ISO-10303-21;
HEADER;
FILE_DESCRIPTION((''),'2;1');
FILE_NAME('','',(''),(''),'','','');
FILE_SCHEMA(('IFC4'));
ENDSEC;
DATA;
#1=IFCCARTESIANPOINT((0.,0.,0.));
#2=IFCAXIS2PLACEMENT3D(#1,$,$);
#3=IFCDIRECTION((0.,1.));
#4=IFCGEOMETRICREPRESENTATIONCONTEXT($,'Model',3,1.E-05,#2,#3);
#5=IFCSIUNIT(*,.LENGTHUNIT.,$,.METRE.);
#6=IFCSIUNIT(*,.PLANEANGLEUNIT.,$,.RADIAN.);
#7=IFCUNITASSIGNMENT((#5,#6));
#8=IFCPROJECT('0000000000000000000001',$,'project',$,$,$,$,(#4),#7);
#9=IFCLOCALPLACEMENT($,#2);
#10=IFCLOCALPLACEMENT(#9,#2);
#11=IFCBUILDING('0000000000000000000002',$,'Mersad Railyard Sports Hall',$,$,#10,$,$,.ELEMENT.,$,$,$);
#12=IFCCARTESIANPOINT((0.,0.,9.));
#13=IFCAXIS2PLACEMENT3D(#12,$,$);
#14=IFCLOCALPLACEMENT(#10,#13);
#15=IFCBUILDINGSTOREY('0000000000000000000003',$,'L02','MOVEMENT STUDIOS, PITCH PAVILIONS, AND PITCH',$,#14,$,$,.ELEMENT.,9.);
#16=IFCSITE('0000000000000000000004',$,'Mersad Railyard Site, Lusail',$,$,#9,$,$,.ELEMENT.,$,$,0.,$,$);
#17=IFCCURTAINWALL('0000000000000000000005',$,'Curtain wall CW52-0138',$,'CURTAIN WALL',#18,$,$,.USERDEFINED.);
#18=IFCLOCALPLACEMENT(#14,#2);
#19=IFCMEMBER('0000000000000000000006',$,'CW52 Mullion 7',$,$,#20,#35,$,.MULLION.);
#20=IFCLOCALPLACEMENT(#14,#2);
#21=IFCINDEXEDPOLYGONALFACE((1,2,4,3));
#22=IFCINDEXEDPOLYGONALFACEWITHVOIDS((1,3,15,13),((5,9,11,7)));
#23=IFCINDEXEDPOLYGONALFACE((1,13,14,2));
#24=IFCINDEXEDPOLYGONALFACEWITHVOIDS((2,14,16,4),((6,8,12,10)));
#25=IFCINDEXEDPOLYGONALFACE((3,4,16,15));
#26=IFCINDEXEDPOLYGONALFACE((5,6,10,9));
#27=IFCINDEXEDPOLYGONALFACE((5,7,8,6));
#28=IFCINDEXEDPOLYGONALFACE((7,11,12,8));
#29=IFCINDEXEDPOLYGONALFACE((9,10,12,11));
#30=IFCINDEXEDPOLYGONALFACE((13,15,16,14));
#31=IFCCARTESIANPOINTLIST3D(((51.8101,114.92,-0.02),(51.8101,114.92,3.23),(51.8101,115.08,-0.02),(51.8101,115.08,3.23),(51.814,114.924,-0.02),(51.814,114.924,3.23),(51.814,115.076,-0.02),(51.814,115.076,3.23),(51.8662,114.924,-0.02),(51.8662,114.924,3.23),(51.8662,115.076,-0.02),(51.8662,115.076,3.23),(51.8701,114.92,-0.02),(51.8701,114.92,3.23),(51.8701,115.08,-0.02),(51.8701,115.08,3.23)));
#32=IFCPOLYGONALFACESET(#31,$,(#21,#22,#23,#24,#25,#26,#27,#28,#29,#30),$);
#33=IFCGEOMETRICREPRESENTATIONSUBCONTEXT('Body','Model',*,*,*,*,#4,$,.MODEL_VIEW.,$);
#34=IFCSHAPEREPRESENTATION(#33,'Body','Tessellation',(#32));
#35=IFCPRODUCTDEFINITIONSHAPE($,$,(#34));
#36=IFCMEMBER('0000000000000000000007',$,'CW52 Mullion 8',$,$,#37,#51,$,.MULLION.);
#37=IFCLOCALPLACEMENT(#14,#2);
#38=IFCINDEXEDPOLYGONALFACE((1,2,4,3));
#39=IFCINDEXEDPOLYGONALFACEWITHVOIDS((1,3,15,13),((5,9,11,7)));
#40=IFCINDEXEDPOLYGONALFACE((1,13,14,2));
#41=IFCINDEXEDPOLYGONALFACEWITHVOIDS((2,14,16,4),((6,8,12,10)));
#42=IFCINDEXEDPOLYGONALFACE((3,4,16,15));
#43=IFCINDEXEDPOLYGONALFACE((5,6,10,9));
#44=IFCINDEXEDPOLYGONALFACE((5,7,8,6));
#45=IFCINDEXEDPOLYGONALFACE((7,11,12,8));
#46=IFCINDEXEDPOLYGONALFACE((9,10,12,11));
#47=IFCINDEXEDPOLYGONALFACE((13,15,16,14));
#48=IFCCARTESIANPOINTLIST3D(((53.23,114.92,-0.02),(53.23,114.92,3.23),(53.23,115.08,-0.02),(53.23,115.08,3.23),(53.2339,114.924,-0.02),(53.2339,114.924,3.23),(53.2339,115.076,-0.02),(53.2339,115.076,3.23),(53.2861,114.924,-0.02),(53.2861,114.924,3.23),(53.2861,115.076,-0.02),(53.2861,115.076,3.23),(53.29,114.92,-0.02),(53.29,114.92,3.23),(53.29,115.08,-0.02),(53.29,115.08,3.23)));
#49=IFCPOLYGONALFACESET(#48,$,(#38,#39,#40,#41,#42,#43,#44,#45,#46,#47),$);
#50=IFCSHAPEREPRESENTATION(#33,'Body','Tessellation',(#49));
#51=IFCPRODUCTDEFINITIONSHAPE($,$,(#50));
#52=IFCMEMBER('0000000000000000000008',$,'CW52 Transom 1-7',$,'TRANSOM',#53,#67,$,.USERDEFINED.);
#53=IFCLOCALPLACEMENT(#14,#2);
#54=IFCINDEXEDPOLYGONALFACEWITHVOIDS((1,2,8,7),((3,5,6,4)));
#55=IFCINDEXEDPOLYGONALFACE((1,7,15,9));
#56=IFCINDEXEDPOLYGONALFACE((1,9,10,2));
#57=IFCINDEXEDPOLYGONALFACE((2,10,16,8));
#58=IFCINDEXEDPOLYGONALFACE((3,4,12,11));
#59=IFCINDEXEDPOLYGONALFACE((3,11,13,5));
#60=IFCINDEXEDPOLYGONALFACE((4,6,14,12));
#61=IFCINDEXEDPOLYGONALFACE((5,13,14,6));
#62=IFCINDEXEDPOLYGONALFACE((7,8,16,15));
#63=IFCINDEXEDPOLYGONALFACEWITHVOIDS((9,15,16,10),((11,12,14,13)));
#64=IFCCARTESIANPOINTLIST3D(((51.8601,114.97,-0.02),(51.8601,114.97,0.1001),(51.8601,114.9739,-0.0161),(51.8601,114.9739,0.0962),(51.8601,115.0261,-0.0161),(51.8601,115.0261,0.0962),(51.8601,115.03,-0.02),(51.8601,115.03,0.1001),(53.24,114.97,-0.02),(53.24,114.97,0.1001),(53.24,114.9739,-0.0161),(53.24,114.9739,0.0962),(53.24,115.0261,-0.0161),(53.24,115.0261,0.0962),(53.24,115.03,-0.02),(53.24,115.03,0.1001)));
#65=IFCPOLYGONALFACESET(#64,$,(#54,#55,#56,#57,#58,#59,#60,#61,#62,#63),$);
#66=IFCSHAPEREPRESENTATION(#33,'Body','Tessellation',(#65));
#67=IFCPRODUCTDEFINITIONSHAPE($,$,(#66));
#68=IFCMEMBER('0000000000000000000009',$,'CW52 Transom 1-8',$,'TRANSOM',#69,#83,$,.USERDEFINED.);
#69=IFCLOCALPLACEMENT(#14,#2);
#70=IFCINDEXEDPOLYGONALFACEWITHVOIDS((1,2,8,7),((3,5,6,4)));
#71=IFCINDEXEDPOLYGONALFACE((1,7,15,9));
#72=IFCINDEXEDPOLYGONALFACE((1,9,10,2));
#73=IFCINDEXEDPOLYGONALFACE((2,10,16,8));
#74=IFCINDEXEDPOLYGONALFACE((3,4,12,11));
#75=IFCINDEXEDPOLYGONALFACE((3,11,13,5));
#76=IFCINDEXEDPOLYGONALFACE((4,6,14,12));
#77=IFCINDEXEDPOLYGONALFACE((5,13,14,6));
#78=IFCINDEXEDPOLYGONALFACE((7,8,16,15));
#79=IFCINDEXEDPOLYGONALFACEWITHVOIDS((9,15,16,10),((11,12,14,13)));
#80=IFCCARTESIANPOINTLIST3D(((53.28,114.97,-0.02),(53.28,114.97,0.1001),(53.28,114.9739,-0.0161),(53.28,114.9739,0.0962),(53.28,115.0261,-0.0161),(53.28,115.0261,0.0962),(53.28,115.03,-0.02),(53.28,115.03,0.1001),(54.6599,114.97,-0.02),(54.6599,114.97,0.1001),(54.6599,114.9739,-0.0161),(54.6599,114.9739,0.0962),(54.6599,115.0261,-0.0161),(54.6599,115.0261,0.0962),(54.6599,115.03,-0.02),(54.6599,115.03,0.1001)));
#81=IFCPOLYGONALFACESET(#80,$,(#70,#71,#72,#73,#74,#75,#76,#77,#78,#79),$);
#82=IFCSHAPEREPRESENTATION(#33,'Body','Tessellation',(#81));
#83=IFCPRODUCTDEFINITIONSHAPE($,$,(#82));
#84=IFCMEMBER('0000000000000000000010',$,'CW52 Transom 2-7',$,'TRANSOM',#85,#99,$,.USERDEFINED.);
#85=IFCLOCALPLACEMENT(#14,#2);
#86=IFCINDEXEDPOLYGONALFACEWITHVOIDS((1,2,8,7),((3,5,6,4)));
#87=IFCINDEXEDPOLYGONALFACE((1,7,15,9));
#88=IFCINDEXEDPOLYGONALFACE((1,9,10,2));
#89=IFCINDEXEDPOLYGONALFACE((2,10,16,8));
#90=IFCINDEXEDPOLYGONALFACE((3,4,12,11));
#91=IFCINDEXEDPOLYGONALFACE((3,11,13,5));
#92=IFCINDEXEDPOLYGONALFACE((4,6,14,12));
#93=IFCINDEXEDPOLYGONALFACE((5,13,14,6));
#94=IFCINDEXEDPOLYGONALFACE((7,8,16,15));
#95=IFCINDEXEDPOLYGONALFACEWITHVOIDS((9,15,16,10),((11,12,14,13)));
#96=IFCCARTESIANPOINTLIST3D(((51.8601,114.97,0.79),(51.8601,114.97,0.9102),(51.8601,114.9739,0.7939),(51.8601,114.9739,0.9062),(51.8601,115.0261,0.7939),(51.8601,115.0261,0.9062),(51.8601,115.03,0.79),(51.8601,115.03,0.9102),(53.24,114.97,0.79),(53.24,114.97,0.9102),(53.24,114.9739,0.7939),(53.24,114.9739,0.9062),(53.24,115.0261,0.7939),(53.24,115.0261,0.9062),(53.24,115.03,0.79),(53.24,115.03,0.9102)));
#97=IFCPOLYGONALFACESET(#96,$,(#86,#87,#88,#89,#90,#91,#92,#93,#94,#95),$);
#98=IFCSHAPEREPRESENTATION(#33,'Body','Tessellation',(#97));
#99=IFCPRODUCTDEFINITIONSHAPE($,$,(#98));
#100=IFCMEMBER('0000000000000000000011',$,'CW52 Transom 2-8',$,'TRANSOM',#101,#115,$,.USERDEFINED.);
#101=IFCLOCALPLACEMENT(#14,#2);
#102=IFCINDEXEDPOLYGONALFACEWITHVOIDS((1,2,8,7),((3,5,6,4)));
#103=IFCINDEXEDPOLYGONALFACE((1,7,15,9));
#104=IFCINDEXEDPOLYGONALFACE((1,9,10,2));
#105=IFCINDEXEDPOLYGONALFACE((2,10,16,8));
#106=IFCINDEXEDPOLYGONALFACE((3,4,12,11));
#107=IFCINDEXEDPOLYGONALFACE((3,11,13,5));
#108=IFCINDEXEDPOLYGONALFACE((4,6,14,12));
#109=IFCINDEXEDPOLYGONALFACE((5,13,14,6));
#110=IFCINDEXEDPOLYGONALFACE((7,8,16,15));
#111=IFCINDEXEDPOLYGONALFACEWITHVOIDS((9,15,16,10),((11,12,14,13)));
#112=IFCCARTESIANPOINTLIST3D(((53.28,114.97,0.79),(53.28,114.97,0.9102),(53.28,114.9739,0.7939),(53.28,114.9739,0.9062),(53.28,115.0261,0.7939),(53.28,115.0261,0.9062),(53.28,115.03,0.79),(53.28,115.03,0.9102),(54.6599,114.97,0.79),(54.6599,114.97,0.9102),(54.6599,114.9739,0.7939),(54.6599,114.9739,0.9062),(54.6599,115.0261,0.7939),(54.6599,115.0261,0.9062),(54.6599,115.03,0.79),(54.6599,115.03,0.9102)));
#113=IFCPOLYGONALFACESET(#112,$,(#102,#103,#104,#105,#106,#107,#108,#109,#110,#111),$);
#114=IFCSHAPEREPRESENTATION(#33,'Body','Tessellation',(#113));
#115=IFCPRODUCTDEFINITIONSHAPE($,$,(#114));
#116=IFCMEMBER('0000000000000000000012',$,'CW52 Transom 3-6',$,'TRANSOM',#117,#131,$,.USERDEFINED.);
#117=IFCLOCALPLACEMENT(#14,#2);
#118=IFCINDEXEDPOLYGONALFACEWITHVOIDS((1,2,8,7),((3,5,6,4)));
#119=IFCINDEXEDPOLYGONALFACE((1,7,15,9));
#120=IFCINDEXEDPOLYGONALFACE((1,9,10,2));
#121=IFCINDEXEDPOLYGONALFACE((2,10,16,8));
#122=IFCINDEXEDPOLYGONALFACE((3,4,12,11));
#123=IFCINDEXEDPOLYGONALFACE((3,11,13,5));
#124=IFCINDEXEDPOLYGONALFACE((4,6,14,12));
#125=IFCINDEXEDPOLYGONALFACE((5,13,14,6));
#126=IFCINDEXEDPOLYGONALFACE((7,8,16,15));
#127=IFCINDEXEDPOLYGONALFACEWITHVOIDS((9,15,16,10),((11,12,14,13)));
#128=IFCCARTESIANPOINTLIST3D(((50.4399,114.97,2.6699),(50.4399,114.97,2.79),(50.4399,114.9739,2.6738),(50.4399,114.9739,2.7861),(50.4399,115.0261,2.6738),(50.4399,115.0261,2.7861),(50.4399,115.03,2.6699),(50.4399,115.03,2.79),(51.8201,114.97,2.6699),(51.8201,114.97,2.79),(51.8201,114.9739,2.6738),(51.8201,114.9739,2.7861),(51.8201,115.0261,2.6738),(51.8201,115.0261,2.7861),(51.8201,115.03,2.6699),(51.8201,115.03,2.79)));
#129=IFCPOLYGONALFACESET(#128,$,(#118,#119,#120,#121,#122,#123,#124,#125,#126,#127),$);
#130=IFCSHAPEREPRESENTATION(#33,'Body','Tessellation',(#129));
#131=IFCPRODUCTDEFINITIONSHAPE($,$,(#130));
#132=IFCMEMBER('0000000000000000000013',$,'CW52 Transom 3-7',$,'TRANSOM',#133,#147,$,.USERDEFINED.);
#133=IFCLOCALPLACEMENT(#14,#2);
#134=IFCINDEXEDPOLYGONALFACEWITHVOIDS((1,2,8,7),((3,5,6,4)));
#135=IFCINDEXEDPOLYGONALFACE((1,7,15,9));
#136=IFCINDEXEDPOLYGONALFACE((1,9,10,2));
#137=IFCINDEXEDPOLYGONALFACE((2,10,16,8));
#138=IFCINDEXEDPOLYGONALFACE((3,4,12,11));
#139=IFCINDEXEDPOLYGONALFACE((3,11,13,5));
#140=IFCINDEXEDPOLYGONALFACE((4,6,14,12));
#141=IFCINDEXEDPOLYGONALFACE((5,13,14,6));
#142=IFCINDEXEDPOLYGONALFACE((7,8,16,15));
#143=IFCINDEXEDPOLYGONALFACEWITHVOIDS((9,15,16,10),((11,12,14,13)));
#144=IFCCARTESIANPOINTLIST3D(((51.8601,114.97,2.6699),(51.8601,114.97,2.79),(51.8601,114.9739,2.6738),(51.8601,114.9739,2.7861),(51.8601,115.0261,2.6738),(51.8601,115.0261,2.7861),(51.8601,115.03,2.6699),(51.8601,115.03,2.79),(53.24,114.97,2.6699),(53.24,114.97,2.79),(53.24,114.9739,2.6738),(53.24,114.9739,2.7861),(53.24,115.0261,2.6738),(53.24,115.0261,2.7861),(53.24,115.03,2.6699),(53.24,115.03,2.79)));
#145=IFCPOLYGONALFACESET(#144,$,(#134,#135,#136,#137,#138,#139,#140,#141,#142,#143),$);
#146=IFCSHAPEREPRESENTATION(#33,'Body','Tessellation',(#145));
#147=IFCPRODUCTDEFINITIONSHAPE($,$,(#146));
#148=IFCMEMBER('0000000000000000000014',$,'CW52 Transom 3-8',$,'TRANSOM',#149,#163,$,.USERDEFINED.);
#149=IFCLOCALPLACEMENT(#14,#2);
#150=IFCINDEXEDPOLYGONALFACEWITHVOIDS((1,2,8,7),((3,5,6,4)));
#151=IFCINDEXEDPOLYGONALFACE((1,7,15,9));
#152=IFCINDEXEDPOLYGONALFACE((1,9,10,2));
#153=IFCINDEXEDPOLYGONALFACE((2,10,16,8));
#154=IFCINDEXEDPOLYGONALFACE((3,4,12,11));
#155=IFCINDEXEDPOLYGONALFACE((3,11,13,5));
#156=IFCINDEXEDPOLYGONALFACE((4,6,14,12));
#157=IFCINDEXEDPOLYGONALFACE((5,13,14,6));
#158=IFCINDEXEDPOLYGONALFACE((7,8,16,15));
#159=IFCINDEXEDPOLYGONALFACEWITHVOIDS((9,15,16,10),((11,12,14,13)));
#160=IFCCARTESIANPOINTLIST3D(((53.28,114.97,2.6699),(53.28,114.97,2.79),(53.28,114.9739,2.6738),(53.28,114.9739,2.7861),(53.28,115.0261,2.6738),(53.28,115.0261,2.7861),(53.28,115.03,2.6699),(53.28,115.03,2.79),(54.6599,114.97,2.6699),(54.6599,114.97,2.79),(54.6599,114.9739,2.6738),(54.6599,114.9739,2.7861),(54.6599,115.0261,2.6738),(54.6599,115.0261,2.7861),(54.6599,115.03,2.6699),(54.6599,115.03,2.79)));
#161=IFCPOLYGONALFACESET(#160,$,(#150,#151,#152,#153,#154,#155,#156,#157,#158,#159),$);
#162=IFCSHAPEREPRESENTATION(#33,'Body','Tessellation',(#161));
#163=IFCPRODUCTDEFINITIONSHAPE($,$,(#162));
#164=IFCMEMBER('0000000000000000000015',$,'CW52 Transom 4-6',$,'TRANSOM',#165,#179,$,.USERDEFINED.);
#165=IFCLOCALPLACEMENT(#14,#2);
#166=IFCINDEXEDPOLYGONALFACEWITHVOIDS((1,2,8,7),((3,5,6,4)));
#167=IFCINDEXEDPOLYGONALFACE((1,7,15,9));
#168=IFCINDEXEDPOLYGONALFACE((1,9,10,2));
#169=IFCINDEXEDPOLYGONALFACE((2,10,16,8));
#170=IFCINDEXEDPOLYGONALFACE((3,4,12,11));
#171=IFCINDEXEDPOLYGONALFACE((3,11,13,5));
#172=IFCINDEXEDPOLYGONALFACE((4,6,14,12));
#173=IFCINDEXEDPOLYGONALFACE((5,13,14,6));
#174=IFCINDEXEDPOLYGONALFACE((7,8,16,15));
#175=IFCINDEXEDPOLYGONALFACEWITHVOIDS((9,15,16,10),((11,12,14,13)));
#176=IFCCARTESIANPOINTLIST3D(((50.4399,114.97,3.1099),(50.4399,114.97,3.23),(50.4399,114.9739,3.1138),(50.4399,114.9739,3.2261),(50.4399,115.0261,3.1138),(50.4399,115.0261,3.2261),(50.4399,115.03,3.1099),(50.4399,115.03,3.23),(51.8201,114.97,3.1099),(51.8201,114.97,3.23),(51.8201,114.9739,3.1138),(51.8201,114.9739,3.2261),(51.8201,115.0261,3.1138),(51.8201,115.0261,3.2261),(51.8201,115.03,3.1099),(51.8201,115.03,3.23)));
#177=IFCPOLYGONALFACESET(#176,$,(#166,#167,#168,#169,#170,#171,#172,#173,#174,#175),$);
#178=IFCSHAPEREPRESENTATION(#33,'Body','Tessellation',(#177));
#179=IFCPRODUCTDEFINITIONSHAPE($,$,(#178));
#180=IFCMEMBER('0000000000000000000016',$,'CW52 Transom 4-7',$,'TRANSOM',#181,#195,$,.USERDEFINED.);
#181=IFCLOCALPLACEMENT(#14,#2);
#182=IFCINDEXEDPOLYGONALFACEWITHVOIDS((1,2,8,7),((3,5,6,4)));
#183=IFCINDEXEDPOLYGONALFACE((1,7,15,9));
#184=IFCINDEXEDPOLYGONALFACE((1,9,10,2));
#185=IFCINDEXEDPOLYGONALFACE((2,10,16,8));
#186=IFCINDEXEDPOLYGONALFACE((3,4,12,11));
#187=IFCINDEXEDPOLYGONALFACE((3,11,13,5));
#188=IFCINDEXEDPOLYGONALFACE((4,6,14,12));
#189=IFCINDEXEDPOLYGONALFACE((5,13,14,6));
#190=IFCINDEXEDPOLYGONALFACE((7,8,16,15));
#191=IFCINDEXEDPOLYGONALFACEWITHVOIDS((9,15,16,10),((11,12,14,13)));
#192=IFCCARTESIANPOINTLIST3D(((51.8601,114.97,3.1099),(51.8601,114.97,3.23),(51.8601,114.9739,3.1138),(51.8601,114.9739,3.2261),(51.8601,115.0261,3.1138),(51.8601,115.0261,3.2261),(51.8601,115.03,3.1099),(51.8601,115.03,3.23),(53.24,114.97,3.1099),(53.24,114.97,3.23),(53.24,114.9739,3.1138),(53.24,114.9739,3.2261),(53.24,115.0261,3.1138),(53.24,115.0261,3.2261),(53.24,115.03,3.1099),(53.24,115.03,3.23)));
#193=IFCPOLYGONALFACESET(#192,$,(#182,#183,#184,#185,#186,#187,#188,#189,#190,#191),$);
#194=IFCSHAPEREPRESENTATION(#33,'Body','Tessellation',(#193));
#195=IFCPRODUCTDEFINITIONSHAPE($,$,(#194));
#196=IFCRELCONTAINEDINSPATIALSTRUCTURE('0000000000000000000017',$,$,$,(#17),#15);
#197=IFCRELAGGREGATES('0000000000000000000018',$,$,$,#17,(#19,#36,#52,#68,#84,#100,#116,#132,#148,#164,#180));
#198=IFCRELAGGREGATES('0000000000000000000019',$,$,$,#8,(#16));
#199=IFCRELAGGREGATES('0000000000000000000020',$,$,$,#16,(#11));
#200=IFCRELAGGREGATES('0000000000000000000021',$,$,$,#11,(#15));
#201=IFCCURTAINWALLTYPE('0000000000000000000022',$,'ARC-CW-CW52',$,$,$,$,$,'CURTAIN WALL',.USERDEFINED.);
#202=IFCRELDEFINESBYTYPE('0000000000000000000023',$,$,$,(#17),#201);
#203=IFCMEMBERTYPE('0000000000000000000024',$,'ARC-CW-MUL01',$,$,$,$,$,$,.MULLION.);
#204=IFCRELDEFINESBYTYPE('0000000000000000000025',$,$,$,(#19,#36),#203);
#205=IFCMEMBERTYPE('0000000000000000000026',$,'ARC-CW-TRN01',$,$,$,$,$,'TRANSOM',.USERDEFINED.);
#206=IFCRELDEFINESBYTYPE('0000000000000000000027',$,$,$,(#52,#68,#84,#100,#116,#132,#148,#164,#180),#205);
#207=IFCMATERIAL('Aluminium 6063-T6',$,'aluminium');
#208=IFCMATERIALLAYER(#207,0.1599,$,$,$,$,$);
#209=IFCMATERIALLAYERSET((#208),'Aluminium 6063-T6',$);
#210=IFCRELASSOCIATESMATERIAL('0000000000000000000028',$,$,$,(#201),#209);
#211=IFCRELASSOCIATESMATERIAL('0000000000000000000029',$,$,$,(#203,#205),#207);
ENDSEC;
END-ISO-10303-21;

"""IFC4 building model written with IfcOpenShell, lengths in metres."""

from ifc_helpers import new_model, si_unit, direction, frame, origin, origin_2d, place, context, subcontext, project, spatial, hollow_rectangle, extrude, material, layer, layer_set, material_profile, profile_set, type_object, element, aggregate, save


model = new_model("IFC4")

# Units and contexts
model_context = context("Model", 3, precision=1e-05, world=origin(), true_north=direction((0.0, 1.0)))
body_context = subcontext(model_context, "Body", "Model", "MODEL_VIEW")
ifc_project = project(units=[si_unit("LENGTHUNIT", "METRE"), si_unit("PLANEANGLEUNIT", "RADIAN")], contexts=[model_context])

# Site, building, storey
site_placement = place(None, origin())
site = spatial("IfcSite", under=ifc_project, at=site_placement, Name="Mersad Railyard Site, Lusail", CompositionType="ELEMENT", RefElevation=0.0)
building_placement = place(site_placement, origin())
building = spatial("IfcBuilding", under=site, at=building_placement, Name="Mersad Railyard Sports Hall", CompositionType="ELEMENT")
storey_placement = place(building_placement, frame((0.0, 0.0, 9.0)))
storey = spatial("IfcBuildingStorey", under=building, at=storey_placement, Name="L02", Description="MOVEMENT STUDIOS, PITCH PAVILIONS, AND PITCH", CompositionType="ELEMENT", Elevation=9.0)

# Curtain wall, members
ifc_material_1 = material(Name="Aluminium 6063-T6", Category="aluminium")
ifc_layer_1 = layer(ifc_material_1, 0.1599)
ifc_layer_set_1 = layer_set([ifc_layer_1], Name="Aluminium 6063-T6")
curtain_wall_type = type_object("IfcCurtainWallType", Name="ARC-CW-CW52", ElementType="CURTAIN WALL", PredefinedType="USERDEFINED", material=ifc_layer_set_1)
curtain_wall_placement = place(storey_placement, origin())
curtain_wall = element("IfcCurtainWall", 1, at=curtain_wall_placement, inside=storey, type_object=curtain_wall_type, Name="Curtain wall CW52-0138", ObjectType="CURTAIN WALL", PredefinedType="USERDEFINED")
ifc_material_profile_1 = material_profile(ifc_material_1, hollow_rectangle(XDim=0.0601, YDim=0.1599, WallThickness=0.0039, at=origin_2d()), Name="AL MULLION 60x160x4")
ifc_profile_set_1 = profile_set([ifc_material_profile_1], Name="Aluminium 6063-T6")
member_type_1 = type_object("IfcMemberType", Name="ARC-CW-MUL01", PredefinedType="MULLION", material=ifc_profile_set_1)
member_1_placement = place(storey_placement, frame((51.8401, 115.0, -0.02), z_axis=(0.0, 0.0, 1.0), x_axis=(1.0, 0.0, 0.0)))
member_1 = element("IfcMember", 2, at=member_1_placement, type_object=member_type_1, Name="CW52 Mullion 7", PredefinedType="MULLION", context=body_context, shape_type="SweptSolid", body=[
    extrude(hollow_rectangle(XDim=0.0601, YDim=0.1599, WallThickness=0.0039, at=origin_2d()), origin(), (0.0, 0.0, 1.0), 3.25),
])
member_2_placement = place(storey_placement, frame((53.26, 115.0, -0.02), z_axis=(0.0, 0.0, 1.0), x_axis=(1.0, 0.0, 0.0)))
member_2 = element("IfcMember", 3, at=member_2_placement, type_object=member_type_1, Name="CW52 Mullion 8", PredefinedType="MULLION", context=body_context, shape_type="SweptSolid", body=[
    extrude(hollow_rectangle(XDim=0.0601, YDim=0.1599, WallThickness=0.0039, at=origin_2d()), origin(), (0.0, 0.0, 1.0), 3.25),
])
ifc_material_profile_2 = material_profile(ifc_material_1, hollow_rectangle(XDim=0.0601, YDim=0.1201, WallThickness=0.0039, at=origin_2d()), Name="AL TRANSOM 60x120x4")
ifc_profile_set_2 = profile_set([ifc_material_profile_2], Name="Aluminium 6063-T6")
member_type_2 = type_object("IfcMemberType", Name="ARC-CW-TRN01", ElementType="TRANSOM", PredefinedType="USERDEFINED", material=ifc_profile_set_2)
member_3_placement = place(storey_placement, frame((51.8601, 115.0, 0.04), z_axis=(1.0, 0.0, 0.0), x_axis=(0.0, 1.0, 0.0)))
member_3 = element("IfcMember", 4, at=member_3_placement, type_object=member_type_2, Name="CW52 Transom 1-7", ObjectType="TRANSOM", PredefinedType="USERDEFINED", context=body_context, shape_type="SweptSolid", body=[
    extrude(hollow_rectangle(XDim=0.0601, YDim=0.1201, WallThickness=0.0039, at=origin_2d()), origin(), (0.0, 0.0, 1.0), 1.3799),
])
member_4_placement = place(storey_placement, frame((53.28, 115.0, 0.04), z_axis=(1.0, 0.0, 0.0), x_axis=(0.0, 1.0, 0.0)))
member_4 = element("IfcMember", 5, at=member_4_placement, type_object=member_type_2, Name="CW52 Transom 1-8", ObjectType="TRANSOM", PredefinedType="USERDEFINED", context=body_context, shape_type="SweptSolid", body=[
    extrude(hollow_rectangle(XDim=0.0601, YDim=0.1201, WallThickness=0.0039, at=origin_2d()), origin(), (0.0, 0.0, 1.0), 1.3799),
])
member_5_placement = place(storey_placement, frame((51.8601, 115.0, 0.8501), z_axis=(1.0, 0.0, 0.0), x_axis=(0.0, 1.0, 0.0)))
member_5 = element("IfcMember", 6, at=member_5_placement, type_object=member_type_2, Name="CW52 Transom 2-7", ObjectType="TRANSOM", PredefinedType="USERDEFINED", context=body_context, shape_type="SweptSolid", body=[
    extrude(hollow_rectangle(XDim=0.0601, YDim=0.1201, WallThickness=0.0039, at=origin_2d()), origin(), (0.0, 0.0, 1.0), 1.3799),
])
member_6_placement = place(storey_placement, frame((53.28, 115.0, 0.8501), z_axis=(1.0, 0.0, 0.0), x_axis=(0.0, 1.0, 0.0)))
member_6 = element("IfcMember", 7, at=member_6_placement, type_object=member_type_2, Name="CW52 Transom 2-8", ObjectType="TRANSOM", PredefinedType="USERDEFINED", context=body_context, shape_type="SweptSolid", body=[
    extrude(hollow_rectangle(XDim=0.0601, YDim=0.1201, WallThickness=0.0039, at=origin_2d()), origin(), (0.0, 0.0, 1.0), 1.3799),
])
member_7_placement = place(storey_placement, frame((50.4399, 115.0, 2.73), z_axis=(1.0, 0.0, 0.0), x_axis=(0.0, 1.0, 0.0)))
member_7 = element("IfcMember", 8, at=member_7_placement, type_object=member_type_2, Name="CW52 Transom 3-6", ObjectType="TRANSOM", PredefinedType="USERDEFINED", context=body_context, shape_type="SweptSolid", body=[
    extrude(hollow_rectangle(XDim=0.0601, YDim=0.1201, WallThickness=0.0039, at=origin_2d()), origin(), (0.0, 0.0, 1.0), 1.3801),
])
member_8_placement = place(storey_placement, frame((51.8601, 115.0, 2.73), z_axis=(1.0, 0.0, 0.0), x_axis=(0.0, 1.0, 0.0)))
member_8 = element("IfcMember", 9, at=member_8_placement, type_object=member_type_2, Name="CW52 Transom 3-7", ObjectType="TRANSOM", PredefinedType="USERDEFINED", context=body_context, shape_type="SweptSolid", body=[
    extrude(hollow_rectangle(XDim=0.0601, YDim=0.1201, WallThickness=0.0039, at=origin_2d()), origin(), (0.0, 0.0, 1.0), 1.3799),
])
member_9_placement = place(storey_placement, frame((53.28, 115.0, 2.73), z_axis=(1.0, 0.0, 0.0), x_axis=(0.0, 1.0, 0.0)))
member_9 = element("IfcMember", 10, at=member_9_placement, type_object=member_type_2, Name="CW52 Transom 3-8", ObjectType="TRANSOM", PredefinedType="USERDEFINED", context=body_context, shape_type="SweptSolid", body=[
    extrude(hollow_rectangle(XDim=0.0601, YDim=0.1201, WallThickness=0.0039, at=origin_2d()), origin(), (0.0, 0.0, 1.0), 1.3799),
])
member_10_placement = place(storey_placement, frame((50.4399, 115.0, 3.1699), z_axis=(1.0, 0.0, 0.0), x_axis=(0.0, 1.0, 0.0)))
member_10 = element("IfcMember", 11, at=member_10_placement, type_object=member_type_2, Name="CW52 Transom 4-6", ObjectType="TRANSOM", PredefinedType="USERDEFINED", context=body_context, shape_type="SweptSolid", body=[
    extrude(hollow_rectangle(XDim=0.0601, YDim=0.1201, WallThickness=0.0039, at=origin_2d()), origin(), (0.0, 0.0, 1.0), 1.3801),
])
member_11_placement = place(storey_placement, frame((51.8601, 115.0, 3.1699), z_axis=(1.0, 0.0, 0.0), x_axis=(0.0, 1.0, 0.0)))
member_11 = element("IfcMember", 12, at=member_11_placement, type_object=member_type_2, Name="CW52 Transom 4-7", ObjectType="TRANSOM", PredefinedType="USERDEFINED", context=body_context, shape_type="SweptSolid", body=[
    extrude(hollow_rectangle(XDim=0.0601, YDim=0.1201, WallThickness=0.0039, at=origin_2d()), origin(), (0.0, 0.0, 1.0), 1.3799),
])
aggregate(curtain_wall, [member_1, member_2, member_3, member_4, member_5, member_6, member_7, member_8, member_9, member_10, member_11])

save(model, "model.ifc")
